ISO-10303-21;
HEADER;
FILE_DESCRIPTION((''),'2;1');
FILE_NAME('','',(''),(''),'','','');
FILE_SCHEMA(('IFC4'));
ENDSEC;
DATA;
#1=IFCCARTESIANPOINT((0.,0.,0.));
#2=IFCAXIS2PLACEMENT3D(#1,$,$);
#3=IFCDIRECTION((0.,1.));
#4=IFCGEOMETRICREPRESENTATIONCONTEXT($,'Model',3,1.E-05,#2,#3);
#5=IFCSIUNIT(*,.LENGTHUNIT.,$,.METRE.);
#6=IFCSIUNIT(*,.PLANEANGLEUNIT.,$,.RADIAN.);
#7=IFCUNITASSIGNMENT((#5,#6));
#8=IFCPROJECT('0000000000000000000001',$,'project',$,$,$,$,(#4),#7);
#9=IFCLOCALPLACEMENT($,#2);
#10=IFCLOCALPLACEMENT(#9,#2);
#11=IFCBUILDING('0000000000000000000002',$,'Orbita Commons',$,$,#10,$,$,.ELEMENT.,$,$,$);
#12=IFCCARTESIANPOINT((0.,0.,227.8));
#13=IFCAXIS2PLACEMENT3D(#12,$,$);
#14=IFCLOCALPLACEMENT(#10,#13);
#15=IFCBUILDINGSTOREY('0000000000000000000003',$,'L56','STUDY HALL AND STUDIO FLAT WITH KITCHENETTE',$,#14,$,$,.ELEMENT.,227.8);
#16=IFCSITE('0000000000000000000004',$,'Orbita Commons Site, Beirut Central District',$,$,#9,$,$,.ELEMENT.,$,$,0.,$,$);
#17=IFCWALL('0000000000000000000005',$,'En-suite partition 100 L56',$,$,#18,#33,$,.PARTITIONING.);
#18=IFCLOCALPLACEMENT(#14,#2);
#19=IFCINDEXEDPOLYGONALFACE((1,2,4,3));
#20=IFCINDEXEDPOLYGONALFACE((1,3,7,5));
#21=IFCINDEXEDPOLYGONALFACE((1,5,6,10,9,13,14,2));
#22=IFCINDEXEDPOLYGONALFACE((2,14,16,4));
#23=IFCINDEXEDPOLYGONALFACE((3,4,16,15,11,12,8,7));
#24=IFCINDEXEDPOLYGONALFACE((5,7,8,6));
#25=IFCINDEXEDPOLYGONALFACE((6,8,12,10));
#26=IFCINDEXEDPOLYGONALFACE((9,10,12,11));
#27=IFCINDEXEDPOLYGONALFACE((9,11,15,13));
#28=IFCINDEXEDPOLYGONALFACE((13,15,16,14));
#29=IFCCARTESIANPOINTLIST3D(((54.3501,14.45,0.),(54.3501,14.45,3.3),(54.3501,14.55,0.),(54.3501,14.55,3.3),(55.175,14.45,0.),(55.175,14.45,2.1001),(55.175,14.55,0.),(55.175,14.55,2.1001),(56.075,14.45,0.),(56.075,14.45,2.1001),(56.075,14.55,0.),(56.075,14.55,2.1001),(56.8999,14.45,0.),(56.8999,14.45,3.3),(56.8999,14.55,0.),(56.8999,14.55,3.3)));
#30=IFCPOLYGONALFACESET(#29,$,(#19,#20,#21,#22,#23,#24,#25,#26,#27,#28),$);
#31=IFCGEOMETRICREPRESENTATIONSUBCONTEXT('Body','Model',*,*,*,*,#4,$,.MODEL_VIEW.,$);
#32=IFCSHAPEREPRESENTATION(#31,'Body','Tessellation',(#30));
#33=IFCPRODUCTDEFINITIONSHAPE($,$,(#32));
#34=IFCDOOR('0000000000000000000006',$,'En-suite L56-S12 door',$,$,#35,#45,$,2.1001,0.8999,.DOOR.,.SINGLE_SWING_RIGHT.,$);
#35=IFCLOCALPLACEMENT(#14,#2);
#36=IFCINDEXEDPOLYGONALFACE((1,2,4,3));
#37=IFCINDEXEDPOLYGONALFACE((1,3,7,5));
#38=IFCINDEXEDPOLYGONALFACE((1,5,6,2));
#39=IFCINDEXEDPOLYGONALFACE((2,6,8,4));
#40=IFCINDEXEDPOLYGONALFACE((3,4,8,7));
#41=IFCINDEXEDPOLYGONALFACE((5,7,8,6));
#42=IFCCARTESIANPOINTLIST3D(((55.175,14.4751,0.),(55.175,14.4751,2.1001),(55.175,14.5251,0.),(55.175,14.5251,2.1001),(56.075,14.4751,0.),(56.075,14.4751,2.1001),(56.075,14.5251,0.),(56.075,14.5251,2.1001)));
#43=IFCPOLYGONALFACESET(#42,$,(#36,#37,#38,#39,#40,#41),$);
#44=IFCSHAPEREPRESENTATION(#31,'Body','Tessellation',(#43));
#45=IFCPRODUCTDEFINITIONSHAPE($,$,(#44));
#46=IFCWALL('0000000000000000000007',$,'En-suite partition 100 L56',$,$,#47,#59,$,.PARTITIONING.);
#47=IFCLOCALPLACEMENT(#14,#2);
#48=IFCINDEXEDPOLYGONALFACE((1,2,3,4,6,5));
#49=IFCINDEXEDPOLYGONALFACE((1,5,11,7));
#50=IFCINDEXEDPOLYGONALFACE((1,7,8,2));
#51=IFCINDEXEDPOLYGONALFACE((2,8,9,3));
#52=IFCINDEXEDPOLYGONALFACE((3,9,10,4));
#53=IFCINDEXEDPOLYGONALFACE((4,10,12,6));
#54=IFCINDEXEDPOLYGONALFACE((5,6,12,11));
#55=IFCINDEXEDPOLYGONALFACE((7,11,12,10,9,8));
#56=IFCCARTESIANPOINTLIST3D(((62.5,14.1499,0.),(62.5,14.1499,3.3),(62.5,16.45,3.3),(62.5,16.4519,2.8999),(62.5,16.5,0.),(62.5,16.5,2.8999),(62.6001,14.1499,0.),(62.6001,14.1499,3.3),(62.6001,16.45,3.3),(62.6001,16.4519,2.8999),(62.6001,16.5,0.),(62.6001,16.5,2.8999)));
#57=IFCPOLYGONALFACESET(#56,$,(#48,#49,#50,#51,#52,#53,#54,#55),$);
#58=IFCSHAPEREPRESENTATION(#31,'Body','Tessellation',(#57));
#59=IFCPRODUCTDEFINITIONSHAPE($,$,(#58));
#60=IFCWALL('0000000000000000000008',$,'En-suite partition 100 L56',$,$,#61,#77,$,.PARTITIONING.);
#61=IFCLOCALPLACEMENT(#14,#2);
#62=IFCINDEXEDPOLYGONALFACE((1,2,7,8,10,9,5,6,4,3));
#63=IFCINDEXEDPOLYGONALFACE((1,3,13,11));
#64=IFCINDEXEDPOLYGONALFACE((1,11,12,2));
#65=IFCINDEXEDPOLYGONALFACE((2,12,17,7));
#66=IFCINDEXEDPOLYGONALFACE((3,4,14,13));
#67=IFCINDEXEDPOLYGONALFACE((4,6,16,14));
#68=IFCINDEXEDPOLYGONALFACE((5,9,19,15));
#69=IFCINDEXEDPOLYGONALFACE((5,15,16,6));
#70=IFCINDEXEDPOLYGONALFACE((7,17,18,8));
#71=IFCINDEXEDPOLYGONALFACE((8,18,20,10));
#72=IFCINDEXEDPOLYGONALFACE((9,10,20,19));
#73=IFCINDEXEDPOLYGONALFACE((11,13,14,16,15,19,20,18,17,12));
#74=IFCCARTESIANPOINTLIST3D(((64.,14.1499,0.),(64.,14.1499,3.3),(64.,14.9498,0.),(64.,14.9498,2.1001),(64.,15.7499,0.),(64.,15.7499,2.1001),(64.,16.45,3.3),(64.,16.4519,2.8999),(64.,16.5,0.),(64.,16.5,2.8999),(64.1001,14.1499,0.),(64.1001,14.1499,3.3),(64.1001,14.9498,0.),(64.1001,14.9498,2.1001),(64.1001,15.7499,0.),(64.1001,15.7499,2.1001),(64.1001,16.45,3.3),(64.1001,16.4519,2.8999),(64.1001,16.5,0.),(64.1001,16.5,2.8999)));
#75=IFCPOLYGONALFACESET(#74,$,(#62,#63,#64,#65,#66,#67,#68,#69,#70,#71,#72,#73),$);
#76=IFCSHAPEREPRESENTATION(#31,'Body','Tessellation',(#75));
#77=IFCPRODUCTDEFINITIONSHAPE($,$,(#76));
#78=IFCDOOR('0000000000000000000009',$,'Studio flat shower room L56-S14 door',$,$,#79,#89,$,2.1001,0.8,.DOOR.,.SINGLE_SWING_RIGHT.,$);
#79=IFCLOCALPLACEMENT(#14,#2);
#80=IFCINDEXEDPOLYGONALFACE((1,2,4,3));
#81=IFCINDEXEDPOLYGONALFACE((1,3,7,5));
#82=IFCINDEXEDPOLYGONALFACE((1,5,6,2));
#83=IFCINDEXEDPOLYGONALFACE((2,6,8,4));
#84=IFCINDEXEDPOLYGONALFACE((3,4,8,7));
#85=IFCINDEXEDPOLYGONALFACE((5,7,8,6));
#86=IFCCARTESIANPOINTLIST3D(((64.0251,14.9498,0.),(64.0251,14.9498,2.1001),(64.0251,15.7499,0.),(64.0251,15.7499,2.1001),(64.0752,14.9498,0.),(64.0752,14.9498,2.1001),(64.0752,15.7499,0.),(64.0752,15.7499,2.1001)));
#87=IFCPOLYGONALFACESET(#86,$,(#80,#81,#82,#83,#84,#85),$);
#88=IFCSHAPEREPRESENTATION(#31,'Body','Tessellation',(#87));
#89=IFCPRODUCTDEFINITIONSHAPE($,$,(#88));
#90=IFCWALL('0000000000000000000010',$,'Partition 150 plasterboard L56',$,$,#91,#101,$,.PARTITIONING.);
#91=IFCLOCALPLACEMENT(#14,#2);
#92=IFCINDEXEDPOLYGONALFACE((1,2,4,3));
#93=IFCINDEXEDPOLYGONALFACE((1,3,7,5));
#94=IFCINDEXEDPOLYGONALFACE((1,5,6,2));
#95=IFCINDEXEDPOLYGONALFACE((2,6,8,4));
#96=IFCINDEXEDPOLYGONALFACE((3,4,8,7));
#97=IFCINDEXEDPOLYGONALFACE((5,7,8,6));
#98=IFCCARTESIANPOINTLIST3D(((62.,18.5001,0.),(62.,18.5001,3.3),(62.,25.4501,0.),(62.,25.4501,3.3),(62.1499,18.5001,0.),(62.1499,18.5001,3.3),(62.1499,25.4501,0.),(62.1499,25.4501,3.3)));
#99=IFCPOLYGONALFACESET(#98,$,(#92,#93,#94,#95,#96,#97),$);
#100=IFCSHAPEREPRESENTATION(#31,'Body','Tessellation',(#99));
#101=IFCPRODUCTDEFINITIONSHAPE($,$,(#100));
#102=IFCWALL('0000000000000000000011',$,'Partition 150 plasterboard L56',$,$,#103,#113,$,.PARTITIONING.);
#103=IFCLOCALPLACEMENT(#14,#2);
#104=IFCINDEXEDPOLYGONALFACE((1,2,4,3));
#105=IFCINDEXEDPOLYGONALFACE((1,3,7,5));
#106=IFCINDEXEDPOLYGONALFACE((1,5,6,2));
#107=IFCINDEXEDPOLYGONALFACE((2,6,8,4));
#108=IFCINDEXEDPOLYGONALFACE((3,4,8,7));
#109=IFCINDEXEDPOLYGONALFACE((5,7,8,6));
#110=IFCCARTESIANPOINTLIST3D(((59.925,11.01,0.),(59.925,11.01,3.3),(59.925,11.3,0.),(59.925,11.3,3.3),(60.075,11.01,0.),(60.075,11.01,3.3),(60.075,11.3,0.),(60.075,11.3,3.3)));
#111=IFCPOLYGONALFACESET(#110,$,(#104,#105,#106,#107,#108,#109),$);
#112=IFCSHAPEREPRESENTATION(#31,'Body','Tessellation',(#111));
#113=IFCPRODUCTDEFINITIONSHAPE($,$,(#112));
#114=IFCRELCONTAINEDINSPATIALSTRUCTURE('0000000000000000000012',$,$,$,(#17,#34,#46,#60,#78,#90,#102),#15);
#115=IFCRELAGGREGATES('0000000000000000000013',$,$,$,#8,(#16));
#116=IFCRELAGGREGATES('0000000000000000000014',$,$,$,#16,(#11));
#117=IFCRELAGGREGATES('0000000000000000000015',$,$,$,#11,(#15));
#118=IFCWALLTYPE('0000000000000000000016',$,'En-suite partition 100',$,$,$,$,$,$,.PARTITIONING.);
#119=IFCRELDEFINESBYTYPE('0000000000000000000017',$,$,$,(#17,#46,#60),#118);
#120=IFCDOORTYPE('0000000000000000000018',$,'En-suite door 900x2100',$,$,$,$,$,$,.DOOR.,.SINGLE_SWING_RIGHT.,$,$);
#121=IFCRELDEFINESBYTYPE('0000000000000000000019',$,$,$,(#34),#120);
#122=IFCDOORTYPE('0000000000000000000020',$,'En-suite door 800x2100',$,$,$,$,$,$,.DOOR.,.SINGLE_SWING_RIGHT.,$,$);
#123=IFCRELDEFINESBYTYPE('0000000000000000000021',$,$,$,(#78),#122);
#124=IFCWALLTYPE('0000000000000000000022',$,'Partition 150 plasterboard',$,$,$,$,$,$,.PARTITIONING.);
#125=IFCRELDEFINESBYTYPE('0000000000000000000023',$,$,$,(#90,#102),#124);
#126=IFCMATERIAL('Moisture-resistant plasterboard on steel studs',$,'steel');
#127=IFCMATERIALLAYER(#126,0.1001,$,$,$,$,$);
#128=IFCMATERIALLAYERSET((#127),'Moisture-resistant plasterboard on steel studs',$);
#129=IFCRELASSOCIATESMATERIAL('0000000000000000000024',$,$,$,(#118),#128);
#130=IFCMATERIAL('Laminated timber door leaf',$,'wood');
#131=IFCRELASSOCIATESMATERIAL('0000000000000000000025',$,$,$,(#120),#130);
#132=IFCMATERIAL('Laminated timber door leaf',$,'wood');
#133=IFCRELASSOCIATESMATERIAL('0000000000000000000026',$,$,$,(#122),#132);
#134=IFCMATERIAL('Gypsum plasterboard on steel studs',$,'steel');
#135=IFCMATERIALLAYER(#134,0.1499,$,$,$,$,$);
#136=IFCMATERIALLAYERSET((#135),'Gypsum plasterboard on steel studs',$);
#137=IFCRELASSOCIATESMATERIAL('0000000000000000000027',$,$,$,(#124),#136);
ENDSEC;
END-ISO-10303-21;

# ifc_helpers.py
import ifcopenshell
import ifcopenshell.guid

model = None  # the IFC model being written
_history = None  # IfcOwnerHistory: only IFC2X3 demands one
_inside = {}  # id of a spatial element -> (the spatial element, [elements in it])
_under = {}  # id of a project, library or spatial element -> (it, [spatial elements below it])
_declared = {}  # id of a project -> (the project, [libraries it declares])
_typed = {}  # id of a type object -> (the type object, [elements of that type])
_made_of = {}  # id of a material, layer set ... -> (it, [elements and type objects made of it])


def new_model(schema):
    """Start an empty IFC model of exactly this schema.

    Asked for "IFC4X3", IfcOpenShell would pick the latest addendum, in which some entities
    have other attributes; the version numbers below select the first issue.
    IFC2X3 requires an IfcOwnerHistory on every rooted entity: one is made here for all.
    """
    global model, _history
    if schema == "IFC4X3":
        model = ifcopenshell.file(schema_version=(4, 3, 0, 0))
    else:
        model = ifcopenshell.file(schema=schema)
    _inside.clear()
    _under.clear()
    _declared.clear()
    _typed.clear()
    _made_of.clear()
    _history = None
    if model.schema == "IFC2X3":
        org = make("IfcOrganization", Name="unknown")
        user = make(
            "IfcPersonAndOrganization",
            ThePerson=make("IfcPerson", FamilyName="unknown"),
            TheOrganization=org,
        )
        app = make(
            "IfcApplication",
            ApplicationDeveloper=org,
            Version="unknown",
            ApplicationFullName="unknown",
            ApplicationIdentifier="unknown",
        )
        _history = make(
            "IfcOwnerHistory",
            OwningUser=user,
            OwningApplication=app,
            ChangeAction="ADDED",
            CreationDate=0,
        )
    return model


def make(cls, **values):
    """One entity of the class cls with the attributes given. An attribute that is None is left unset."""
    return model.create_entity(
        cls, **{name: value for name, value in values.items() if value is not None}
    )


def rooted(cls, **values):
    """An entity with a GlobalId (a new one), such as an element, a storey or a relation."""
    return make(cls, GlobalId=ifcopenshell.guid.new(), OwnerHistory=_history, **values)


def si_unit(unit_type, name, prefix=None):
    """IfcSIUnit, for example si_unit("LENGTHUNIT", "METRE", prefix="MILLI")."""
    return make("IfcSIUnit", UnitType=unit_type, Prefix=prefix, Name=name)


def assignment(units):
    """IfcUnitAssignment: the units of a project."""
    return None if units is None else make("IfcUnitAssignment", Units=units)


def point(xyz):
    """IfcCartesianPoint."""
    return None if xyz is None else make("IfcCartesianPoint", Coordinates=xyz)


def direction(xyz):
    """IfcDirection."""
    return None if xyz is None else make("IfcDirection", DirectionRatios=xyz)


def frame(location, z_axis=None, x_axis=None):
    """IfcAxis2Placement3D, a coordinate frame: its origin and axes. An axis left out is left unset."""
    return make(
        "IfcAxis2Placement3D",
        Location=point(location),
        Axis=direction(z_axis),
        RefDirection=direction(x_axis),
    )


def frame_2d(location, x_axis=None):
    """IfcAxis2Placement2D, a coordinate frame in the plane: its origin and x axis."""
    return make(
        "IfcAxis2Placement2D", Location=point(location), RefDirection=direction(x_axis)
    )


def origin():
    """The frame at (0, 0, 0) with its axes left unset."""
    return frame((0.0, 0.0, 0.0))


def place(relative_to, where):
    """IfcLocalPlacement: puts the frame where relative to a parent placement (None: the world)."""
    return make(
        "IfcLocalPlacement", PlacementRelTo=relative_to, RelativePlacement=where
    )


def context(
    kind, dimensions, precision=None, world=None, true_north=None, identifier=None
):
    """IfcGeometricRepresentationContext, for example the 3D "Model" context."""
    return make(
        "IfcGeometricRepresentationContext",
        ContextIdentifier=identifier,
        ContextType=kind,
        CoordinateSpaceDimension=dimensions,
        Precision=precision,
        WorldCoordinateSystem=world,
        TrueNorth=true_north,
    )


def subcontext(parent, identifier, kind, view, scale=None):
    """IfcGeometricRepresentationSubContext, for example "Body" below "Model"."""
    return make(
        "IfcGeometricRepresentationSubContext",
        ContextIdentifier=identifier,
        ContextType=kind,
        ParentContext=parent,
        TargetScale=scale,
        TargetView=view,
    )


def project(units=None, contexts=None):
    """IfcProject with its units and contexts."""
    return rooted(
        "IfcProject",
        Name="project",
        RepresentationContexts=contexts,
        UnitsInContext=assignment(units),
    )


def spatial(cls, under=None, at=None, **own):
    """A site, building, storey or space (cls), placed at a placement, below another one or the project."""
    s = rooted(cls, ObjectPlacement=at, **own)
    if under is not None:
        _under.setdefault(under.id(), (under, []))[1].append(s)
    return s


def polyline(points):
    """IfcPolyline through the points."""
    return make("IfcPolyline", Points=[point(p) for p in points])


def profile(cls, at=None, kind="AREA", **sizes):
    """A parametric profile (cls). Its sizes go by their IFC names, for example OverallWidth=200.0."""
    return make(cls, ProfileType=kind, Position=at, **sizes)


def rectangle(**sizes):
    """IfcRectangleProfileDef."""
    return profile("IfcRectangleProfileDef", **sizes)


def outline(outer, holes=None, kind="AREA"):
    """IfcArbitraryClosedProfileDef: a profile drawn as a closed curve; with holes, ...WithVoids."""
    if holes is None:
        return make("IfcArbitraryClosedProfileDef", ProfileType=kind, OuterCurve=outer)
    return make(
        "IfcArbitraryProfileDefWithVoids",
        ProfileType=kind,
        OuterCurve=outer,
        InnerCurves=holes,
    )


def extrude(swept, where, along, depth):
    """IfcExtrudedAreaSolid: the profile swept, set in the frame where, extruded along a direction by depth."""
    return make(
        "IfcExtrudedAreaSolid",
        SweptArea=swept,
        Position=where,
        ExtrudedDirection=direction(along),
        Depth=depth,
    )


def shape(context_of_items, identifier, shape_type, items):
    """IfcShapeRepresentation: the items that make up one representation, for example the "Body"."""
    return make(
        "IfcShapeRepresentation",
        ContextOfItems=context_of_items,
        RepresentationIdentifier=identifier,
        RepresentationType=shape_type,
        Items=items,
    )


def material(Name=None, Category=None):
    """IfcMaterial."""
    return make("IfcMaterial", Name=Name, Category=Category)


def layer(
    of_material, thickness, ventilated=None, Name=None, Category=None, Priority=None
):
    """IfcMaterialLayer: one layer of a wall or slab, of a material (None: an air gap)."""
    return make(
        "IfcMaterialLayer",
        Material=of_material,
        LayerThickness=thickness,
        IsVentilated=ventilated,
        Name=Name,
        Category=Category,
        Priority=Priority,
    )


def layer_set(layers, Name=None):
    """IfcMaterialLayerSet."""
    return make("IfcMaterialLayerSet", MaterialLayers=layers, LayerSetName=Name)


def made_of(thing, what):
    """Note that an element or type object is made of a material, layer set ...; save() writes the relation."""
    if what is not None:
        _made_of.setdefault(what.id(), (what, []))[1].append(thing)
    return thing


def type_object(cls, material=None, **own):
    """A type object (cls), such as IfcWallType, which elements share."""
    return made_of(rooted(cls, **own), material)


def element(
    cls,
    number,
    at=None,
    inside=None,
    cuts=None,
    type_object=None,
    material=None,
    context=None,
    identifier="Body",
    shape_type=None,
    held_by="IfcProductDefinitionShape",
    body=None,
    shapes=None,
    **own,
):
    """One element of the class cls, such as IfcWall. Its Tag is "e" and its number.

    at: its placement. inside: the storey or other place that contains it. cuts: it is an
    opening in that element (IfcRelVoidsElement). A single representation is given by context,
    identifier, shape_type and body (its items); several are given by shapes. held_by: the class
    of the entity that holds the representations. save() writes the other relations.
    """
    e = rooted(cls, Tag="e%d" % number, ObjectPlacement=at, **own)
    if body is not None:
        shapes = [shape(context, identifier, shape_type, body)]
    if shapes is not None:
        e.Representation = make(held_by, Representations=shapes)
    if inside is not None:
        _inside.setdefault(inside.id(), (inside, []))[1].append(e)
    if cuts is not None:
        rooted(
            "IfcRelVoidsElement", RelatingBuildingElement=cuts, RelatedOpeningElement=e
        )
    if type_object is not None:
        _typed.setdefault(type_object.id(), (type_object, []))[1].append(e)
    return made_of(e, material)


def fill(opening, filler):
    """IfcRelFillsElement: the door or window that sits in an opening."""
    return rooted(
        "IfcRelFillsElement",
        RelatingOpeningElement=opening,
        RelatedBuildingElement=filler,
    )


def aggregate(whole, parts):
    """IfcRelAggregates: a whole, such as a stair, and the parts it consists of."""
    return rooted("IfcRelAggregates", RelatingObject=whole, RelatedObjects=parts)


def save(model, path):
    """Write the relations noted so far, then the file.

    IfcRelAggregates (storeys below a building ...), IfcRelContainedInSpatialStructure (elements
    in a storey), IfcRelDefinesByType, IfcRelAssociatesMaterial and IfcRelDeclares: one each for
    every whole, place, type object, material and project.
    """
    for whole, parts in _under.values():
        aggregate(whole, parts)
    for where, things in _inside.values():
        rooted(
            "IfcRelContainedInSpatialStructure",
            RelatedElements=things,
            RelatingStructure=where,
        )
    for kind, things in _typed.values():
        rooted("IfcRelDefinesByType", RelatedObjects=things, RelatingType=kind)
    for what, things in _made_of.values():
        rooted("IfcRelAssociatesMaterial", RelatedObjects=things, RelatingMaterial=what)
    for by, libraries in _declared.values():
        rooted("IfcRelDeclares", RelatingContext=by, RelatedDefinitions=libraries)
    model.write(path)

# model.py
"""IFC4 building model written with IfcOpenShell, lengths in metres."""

from ifc_helpers import new_model, si_unit, direction, frame, frame_2d, origin, place, context, subcontext, project, spatial, polyline, rectangle, outline, extrude, material, layer, layer_set, type_object, element, fill, save


model = new_model("IFC4")

# Units and contexts
model_context = context("Model", 3, precision=1e-05, world=origin(), true_north=direction((0.0, 1.0)))
body_context = subcontext(model_context, "Body", "Model", "MODEL_VIEW")
ifc_project = project(units=[si_unit("LENGTHUNIT", "METRE"), si_unit("PLANEANGLEUNIT", "RADIAN")], contexts=[model_context])

# Site, building, storey
site_placement = place(None, origin())
site = spatial("IfcSite", under=ifc_project, at=site_placement, Name="Orbita Commons Site, Beirut Central District", CompositionType="ELEMENT", RefElevation=0.0)
building_placement = place(site_placement, origin())
building = spatial("IfcBuilding", under=site, at=building_placement, Name="Orbita Commons", CompositionType="ELEMENT")
storey_placement = place(building_placement, frame((0.0, 0.0, 227.8)))
storey = spatial("IfcBuildingStorey", under=building, at=storey_placement, Name="L56", Description="STUDY HALL AND STUDIO FLAT WITH KITCHENETTE", CompositionType="ELEMENT", Elevation=227.8)

# Wall, opening, door
ifc_material_1 = material(Name="Moisture-resistant plasterboard on steel studs", Category="steel")
ifc_layer_1 = layer(ifc_material_1, 0.1001)
ifc_layer_set_1 = layer_set([ifc_layer_1], Name="Moisture-resistant plasterboard on steel studs")
wall_type_1 = type_object("IfcWallType", Name="En-suite partition 100", PredefinedType="PARTITIONING", material=ifc_layer_set_1)
wall_1_placement = place(storey_placement, frame((56.8999, 14.5, 0.0), z_axis=(0.0, 0.0, 1.0), x_axis=(-1.0, 0.0, 0.0)))
wall_1 = element("IfcWall", 1, at=wall_1_placement, inside=storey, type_object=wall_type_1, Name="En-suite partition 100 L56", PredefinedType="PARTITIONING", context=body_context, shape_type="SweptSolid", body=[
    extrude(rectangle(XDim=2.5498, YDim=0.1001, at=frame_2d((1.2749, 0.0))), origin(), (0.0, 0.0, 1.0), 3.3),
])
opening_1_placement = place(wall_1_placement, frame((0.825, 0.0, 0.0)))
opening_1 = element("IfcOpeningElement", 2, at=opening_1_placement, cuts=wall_1, PredefinedType="OPENING", context=body_context, shape_type="SweptSolid", body=[
    extrude(rectangle(XDim=0.8999, YDim=2.1001, at=frame_2d((0.45, 1.05))), frame((0.0, 0.0601, 0.0), z_axis=(0.0, -1.0, 0.0), x_axis=(1.0, 0.0, 0.0)), (0.0, 0.0, 1.0), 0.1201),
])
ifc_material_2 = material(Name="Laminated timber door leaf", Category="wood")
door_type_1 = type_object("IfcDoorType", Name="En-suite door 900x2100", OperationType="SINGLE_SWING_RIGHT", PredefinedType="DOOR", material=ifc_material_2)
door_1_placement = place(opening_1_placement, origin())
door_1 = element("IfcDoor", 3, at=door_1_placement, inside=storey, type_object=door_type_1, Name="En-suite L56-S12 door", OperationType="SINGLE_SWING_RIGHT", OverallHeight=2.1001, OverallWidth=0.8999, PredefinedType="DOOR", context=body_context, shape_type="SweptSolid", body=[
    extrude(rectangle(XDim=0.8999, YDim=2.1001, at=frame_2d((0.45, 1.05))), frame((0.0, 0.0249, 0.0), z_axis=(0.0, -1.0, 0.0), x_axis=(1.0, 0.0, 0.0)), (0.0, 0.0, 1.0), 0.05),
])
fill(opening_1, door_1)

# Wall
wall_2_placement = place(storey_placement, frame((62.55, 14.1499, 0.0), z_axis=(0.0, 0.0, 1.0), x_axis=(0.0, 1.0, 0.0)))
element("IfcWall", 4, at=wall_2_placement, inside=storey, type_object=wall_type_1, Name="En-suite partition 100 L56", PredefinedType="PARTITIONING", context=body_context, shape_type="SweptSolid", body=[
    extrude(outline(polyline([(0.0, 0.0), (2.3501, 0.0), (2.3501, 2.8999), (2.302, 2.8999), (2.3, 3.3), (0.0, 3.3), (0.0, 0.0)])), frame((0.0, 0.05, 0.0), z_axis=(0.0, -1.0, 0.0), x_axis=(1.0, 0.0, 0.0)), (0.0, 0.0, 1.0), 0.1001),
])

# Wall, opening, door
wall_3_placement = place(storey_placement, frame((64.05, 14.1499, 0.0), z_axis=(0.0, 0.0, 1.0), x_axis=(0.0, 1.0, 0.0)))
wall_3 = element("IfcWall", 5, at=wall_3_placement, inside=storey, type_object=wall_type_1, Name="En-suite partition 100 L56", PredefinedType="PARTITIONING", context=body_context, shape_type="SweptSolid", body=[
    extrude(outline(polyline([(0.0, 0.0), (2.3501, 0.0), (2.3501, 2.8999), (2.302, 2.8999), (2.3, 3.3), (0.0, 3.3), (0.0, 0.0)])), frame((0.0, 0.05, 0.0), z_axis=(0.0, -1.0, 0.0), x_axis=(1.0, 0.0, 0.0)), (0.0, 0.0, 1.0), 0.1001),
])
opening_2_placement = place(wall_3_placement, frame((0.8, 0.0, 0.0)))
opening_2 = element("IfcOpeningElement", 6, at=opening_2_placement, cuts=wall_3, PredefinedType="OPENING", context=body_context, shape_type="SweptSolid", body=[
    extrude(rectangle(XDim=0.8, YDim=2.1001, at=frame_2d((0.3999, 1.05))), frame((0.0, 0.0601, 0.0), z_axis=(0.0, -1.0, 0.0), x_axis=(1.0, 0.0, 0.0)), (0.0, 0.0, 1.0), 0.1201),
])
ifc_material_3 = material(Name="Laminated timber door leaf", Category="wood")
door_type_2 = type_object("IfcDoorType", Name="En-suite door 800x2100", OperationType="SINGLE_SWING_RIGHT", PredefinedType="DOOR", material=ifc_material_3)
door_2_placement = place(opening_2_placement, origin())
door_2 = element("IfcDoor", 7, at=door_2_placement, inside=storey, type_object=door_type_2, Name="Studio flat shower room L56-S14 door", OperationType="SINGLE_SWING_RIGHT", OverallHeight=2.1001, OverallWidth=0.8, PredefinedType="DOOR", context=body_context, shape_type="SweptSolid", body=[
    extrude(rectangle(XDim=0.8, YDim=2.1001, at=frame_2d((0.3999, 1.05))), frame((0.0, 0.0249, 0.0), z_axis=(0.0, -1.0, 0.0), x_axis=(1.0, 0.0, 0.0)), (0.0, 0.0, 1.0), 0.05),
])
fill(opening_2, door_2)

# Walls
ifc_material_4 = material(Name="Gypsum plasterboard on steel studs", Category="steel")
ifc_layer_2 = layer(ifc_material_4, 0.1499)
ifc_layer_set_2 = layer_set([ifc_layer_2], Name="Gypsum plasterboard on steel studs")
wall_type_2 = type_object("IfcWallType", Name="Partition 150 plasterboard", PredefinedType="PARTITIONING", material=ifc_layer_set_2)
wall_4_placement = place(storey_placement, frame((62.075, 18.5, 0.0), z_axis=(0.0, 0.0, 1.0), x_axis=(0.0, 1.0, 0.0)))
element("IfcWall", 8, at=wall_4_placement, inside=storey, type_object=wall_type_2, Name="Partition 150 plasterboard L56", PredefinedType="PARTITIONING", context=body_context, shape_type="SweptSolid", body=[
    extrude(rectangle(XDim=6.95, YDim=0.1499, at=frame_2d((3.4751, 0.0))), origin(), (0.0, 0.0, 1.0), 3.3),
])
wall_5_placement = place(storey_placement, frame((60.0, 11.3, 0.0), z_axis=(0.0, 0.0, 1.0), x_axis=(0.0, -1.0, 0.0)))
element("IfcWall", 9, at=wall_5_placement, inside=storey, type_object=wall_type_2, Name="Partition 150 plasterboard L56", PredefinedType="PARTITIONING", context=body_context, shape_type="SweptSolid", body=[
    extrude(rectangle(XDim=0.29, YDim=0.1499, at=frame_2d((0.145, 0.0))), origin(), (0.0, 0.0, 1.0), 3.3),
])

save(model, "model.ifc")
